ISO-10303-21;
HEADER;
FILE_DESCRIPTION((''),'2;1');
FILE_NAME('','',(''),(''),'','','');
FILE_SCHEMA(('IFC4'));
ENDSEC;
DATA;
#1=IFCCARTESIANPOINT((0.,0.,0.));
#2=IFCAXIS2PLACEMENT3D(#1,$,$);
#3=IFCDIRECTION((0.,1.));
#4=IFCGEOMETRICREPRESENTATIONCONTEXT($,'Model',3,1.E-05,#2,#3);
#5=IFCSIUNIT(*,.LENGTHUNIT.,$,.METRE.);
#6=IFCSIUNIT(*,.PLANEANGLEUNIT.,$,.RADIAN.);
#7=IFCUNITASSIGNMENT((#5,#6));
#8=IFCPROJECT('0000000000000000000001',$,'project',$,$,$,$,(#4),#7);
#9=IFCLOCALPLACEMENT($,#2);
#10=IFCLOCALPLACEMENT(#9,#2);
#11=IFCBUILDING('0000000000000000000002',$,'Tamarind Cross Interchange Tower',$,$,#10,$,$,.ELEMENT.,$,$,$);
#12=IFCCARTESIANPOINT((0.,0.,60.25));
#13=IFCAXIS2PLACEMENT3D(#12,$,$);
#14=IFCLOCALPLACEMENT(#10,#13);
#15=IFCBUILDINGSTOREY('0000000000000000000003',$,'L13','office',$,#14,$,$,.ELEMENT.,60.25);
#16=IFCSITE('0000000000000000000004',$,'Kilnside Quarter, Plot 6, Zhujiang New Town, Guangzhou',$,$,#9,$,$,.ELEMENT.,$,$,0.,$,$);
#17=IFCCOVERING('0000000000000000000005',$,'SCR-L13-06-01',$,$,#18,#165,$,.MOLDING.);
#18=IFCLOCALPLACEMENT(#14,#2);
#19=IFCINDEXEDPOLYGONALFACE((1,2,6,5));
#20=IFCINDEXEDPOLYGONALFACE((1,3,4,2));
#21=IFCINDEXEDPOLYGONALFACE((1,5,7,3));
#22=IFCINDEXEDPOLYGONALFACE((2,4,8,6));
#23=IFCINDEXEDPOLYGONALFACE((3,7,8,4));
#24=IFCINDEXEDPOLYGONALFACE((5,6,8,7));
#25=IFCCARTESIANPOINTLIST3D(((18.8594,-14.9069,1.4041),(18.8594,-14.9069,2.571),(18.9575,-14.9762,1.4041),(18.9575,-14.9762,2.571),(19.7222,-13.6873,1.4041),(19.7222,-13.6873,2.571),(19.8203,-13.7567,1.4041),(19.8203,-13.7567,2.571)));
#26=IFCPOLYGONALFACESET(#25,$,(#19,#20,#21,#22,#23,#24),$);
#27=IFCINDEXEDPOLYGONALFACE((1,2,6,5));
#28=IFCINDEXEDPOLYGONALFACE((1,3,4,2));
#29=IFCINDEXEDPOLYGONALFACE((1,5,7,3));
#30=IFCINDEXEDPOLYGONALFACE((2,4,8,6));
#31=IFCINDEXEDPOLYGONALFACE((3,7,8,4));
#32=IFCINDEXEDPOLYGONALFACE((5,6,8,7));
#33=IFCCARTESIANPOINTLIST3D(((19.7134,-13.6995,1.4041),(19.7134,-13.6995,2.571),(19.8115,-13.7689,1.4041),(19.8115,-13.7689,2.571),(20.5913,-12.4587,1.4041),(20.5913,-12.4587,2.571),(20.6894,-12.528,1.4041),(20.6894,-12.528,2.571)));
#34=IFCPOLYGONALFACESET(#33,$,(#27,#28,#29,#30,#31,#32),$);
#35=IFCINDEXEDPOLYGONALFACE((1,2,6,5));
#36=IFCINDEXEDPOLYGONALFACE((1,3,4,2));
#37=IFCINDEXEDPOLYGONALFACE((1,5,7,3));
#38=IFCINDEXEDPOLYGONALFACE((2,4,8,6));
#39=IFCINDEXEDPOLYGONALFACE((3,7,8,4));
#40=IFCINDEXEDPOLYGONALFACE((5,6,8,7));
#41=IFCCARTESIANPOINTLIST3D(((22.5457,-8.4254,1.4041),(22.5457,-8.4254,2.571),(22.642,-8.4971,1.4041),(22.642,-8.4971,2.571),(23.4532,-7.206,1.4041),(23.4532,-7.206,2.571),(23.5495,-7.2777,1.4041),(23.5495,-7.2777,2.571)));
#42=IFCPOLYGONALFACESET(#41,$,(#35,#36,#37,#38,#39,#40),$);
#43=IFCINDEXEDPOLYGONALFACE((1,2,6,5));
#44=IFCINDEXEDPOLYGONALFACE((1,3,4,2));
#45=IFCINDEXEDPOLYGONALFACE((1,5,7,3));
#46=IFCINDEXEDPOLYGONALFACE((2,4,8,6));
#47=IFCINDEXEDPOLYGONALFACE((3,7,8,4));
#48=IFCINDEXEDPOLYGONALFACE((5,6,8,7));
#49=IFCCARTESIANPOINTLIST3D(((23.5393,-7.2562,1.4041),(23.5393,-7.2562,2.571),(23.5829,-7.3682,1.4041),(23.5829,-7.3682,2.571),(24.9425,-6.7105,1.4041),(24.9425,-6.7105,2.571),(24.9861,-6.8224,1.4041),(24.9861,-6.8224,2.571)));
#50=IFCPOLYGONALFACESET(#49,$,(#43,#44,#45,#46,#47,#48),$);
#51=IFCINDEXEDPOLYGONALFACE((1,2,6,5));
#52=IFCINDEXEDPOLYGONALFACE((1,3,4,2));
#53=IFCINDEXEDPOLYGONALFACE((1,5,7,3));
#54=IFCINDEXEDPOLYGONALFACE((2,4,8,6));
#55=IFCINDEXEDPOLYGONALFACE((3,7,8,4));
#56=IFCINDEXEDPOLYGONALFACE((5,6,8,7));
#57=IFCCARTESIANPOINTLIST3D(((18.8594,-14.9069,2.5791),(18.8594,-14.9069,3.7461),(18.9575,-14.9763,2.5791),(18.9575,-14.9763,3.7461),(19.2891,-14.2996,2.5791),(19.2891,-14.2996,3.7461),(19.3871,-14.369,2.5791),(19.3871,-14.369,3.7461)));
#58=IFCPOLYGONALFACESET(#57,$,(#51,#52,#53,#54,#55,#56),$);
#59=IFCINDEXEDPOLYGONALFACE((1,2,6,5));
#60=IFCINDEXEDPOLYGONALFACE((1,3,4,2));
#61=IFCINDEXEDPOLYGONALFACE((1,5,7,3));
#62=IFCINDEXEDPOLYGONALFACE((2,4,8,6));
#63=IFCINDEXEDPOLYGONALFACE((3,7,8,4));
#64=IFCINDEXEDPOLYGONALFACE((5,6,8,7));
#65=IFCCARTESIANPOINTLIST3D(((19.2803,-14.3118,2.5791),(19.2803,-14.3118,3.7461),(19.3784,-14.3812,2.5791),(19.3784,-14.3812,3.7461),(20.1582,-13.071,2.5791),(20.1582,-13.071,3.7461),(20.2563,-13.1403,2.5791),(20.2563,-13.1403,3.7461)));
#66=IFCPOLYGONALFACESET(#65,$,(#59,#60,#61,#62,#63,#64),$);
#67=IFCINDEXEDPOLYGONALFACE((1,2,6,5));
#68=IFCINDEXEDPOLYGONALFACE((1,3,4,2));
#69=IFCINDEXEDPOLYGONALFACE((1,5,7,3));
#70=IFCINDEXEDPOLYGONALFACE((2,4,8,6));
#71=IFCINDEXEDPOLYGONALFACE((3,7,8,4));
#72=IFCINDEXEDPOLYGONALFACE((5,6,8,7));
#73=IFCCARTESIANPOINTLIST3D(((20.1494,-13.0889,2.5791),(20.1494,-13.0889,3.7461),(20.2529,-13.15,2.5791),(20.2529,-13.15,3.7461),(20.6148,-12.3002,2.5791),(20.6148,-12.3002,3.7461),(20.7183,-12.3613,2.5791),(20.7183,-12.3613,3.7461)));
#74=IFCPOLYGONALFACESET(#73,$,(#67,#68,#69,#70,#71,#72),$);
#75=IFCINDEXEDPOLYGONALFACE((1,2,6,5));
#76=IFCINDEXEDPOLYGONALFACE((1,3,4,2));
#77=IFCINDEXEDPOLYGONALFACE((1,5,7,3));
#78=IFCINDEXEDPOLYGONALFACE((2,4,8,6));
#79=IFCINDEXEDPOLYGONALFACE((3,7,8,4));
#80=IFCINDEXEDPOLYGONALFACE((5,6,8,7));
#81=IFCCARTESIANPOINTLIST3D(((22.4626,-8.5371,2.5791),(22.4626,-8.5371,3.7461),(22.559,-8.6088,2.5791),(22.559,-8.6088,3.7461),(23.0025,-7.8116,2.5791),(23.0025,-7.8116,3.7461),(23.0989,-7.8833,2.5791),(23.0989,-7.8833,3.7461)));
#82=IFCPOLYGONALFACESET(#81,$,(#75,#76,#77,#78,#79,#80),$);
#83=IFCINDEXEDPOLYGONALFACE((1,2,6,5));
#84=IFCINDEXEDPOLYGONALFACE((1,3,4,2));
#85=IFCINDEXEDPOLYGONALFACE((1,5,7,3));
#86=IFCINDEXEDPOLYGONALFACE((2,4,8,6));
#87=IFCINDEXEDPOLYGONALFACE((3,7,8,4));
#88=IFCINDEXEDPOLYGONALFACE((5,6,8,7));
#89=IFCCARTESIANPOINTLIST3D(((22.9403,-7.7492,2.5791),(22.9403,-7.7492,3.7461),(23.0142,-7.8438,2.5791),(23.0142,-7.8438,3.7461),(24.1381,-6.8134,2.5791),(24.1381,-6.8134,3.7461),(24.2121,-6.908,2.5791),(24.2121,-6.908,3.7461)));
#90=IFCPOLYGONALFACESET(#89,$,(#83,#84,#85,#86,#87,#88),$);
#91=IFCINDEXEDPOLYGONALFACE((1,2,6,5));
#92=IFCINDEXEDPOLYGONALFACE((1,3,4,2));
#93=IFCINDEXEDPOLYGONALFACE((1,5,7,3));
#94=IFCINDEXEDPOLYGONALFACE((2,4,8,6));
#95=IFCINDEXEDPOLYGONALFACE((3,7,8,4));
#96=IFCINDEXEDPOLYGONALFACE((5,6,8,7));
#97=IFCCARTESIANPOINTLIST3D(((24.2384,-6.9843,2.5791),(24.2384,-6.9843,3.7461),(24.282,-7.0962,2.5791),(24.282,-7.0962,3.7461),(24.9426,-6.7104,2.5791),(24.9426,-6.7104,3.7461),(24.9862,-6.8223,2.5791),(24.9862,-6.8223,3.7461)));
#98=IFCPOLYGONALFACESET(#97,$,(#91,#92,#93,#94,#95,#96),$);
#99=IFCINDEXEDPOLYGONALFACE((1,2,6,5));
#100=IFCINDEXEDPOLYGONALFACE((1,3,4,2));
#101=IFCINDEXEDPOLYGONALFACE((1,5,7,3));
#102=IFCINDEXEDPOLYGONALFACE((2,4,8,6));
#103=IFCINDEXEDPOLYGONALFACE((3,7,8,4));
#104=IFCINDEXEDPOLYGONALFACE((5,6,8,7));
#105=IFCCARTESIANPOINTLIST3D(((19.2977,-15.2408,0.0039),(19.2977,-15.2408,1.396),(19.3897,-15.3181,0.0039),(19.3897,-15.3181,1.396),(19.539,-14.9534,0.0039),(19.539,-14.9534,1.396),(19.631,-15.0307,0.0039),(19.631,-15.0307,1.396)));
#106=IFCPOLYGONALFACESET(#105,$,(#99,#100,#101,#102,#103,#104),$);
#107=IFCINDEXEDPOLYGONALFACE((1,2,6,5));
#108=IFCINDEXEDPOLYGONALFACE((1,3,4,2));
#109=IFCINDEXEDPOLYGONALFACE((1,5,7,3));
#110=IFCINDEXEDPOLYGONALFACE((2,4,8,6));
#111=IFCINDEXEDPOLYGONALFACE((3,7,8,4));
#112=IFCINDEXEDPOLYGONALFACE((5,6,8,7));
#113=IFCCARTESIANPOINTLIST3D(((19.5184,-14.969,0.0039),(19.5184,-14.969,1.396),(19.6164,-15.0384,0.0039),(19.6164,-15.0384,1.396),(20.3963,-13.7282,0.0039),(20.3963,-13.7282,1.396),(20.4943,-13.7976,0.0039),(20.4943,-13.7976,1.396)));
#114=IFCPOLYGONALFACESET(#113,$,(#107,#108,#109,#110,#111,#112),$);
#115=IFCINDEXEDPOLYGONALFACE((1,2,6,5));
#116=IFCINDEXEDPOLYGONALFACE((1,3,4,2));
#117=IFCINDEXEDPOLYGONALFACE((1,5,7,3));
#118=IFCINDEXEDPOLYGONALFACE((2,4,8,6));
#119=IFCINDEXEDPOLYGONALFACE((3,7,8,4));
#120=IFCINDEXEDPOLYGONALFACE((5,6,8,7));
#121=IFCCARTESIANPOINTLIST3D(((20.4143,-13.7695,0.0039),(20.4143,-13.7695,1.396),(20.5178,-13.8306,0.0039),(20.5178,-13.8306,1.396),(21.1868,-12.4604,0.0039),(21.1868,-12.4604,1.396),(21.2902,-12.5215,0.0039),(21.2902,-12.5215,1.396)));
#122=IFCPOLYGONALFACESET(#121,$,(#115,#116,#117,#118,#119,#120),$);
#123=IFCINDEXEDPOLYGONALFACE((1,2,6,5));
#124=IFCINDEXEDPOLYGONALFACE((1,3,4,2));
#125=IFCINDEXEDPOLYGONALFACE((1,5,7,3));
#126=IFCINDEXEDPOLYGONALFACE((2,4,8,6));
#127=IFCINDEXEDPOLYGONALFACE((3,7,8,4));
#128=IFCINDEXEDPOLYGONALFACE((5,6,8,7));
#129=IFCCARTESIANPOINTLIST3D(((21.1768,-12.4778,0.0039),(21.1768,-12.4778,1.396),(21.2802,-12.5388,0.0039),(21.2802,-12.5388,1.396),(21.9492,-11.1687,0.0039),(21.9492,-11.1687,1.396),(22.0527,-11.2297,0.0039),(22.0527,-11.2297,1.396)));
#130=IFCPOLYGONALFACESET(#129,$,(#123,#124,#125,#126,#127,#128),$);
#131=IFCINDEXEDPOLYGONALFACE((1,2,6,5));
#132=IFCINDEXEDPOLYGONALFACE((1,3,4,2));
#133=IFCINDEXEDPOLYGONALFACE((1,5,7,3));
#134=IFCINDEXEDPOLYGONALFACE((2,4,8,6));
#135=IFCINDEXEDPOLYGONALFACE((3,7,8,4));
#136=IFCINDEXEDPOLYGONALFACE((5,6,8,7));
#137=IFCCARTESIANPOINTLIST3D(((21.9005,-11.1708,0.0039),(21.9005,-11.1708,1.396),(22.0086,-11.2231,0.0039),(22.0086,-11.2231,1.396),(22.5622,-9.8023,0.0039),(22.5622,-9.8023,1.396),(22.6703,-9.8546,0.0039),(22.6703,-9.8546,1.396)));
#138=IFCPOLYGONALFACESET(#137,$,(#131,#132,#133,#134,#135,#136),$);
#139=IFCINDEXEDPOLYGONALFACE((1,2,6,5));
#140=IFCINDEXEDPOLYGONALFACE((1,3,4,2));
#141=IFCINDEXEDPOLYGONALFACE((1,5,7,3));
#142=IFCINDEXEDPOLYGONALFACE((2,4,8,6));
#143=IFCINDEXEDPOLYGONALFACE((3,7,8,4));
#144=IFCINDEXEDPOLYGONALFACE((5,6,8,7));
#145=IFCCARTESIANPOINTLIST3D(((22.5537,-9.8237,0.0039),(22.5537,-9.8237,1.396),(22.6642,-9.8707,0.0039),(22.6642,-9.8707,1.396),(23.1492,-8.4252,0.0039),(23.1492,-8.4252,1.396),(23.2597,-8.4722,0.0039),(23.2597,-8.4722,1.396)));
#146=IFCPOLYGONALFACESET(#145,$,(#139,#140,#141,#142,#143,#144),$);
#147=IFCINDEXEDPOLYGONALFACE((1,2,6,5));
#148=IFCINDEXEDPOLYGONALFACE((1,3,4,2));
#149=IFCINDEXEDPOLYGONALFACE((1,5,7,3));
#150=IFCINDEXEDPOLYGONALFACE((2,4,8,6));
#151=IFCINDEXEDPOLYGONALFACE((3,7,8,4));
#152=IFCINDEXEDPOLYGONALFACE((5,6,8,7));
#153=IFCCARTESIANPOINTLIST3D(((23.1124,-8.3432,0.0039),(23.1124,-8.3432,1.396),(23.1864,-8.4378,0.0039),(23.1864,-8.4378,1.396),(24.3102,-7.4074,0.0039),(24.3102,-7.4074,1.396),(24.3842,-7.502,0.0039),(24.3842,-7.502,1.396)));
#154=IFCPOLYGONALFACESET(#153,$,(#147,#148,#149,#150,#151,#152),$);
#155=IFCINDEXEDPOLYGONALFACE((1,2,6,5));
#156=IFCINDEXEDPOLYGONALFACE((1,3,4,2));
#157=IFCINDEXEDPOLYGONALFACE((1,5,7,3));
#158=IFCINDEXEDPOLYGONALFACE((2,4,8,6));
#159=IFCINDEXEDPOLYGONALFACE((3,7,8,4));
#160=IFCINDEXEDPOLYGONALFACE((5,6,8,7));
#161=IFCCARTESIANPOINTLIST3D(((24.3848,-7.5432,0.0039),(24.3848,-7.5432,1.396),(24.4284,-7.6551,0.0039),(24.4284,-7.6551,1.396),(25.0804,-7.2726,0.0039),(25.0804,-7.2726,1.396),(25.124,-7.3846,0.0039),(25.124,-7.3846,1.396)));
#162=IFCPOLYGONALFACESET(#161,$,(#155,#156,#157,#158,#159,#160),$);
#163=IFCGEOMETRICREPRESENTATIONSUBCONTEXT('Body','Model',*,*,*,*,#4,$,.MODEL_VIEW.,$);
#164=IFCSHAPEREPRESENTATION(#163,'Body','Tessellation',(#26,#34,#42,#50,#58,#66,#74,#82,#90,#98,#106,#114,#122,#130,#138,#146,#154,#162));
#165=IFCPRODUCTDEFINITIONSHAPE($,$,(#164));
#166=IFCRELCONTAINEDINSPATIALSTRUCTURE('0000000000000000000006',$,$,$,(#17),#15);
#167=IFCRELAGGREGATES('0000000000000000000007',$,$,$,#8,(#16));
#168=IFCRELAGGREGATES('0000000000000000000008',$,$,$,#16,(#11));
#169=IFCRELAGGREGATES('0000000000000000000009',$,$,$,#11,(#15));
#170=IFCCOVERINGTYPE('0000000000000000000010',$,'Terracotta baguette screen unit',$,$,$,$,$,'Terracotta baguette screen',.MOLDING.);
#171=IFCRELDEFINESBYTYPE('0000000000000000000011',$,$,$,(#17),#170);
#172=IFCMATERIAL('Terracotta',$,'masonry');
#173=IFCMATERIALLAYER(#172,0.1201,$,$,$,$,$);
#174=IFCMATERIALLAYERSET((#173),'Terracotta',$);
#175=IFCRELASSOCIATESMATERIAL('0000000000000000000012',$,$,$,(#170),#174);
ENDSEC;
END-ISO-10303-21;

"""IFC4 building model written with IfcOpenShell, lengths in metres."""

from ifc_helpers import new_model, si_unit, direction, frame, origin, origin_2d, place, context, subcontext, project, spatial, rectangle, extrude, material, layer, layer_set, type_object, element, save


model = new_model("IFC4")

# Units and contexts
model_context = context("Model", 3, precision=1e-05, world=origin(), true_north=direction((0.0, 1.0)))
body_context = subcontext(model_context, "Body", "Model", "MODEL_VIEW")
ifc_project = project(units=[si_unit("LENGTHUNIT", "METRE"), si_unit("PLANEANGLEUNIT", "RADIAN")], contexts=[model_context])

# Site, building, storey
site_placement = place(None, origin())
site = spatial("IfcSite", under=ifc_project, at=site_placement, Name="Kilnside Quarter, Plot 6, Zhujiang New Town, Guangzhou", CompositionType="ELEMENT", RefElevation=0.0)
building_placement = place(site_placement, origin())
building = spatial("IfcBuilding", under=site, at=building_placement, Name="Tamarind Cross Interchange Tower", CompositionType="ELEMENT")
storey_placement = place(building_placement, frame((0.0, 0.0, 60.25)))
storey = spatial("IfcBuildingStorey", under=building, at=storey_placement, Name="L13", Description="office", CompositionType="ELEMENT", Elevation=60.25)

# Covering
ifc_material_1 = material(Name="Terracotta", Category="masonry")
ifc_layer_1 = layer(ifc_material_1, 0.1201)
ifc_layer_set_1 = layer_set([ifc_layer_1], Name="Terracotta")
covering_type = type_object("IfcCoveringType", Name="Terracotta baguette screen unit", ElementType="Terracotta baguette screen", PredefinedType="MOLDING", material=ifc_layer_set_1)
covering_1_placement = place(storey_placement, origin())
element("IfcCovering", 1, at=covering_1_placement, inside=storey, type_object=covering_type, Name="SCR-L13-06-01", PredefinedType="MOLDING", context=body_context, shape_type="SweptSolid", body=[
    extrude(rectangle(XDim=1.4939, YDim=0.1201, at=origin_2d()), frame((19.3398, -14.3318, 1.4041), z_axis=(0.0, 0.0, 1.0), x_axis=(0.577569, 0.816342, 0.0)), (0.0, 0.0, 1.0), 1.167),
    extrude(rectangle(XDim=1.52, YDim=0.1201, at=origin_2d()), frame((20.2014, -13.1138, 1.4041), z_axis=(0.0, 0.0, 1.0), x_axis=(0.577569, 0.816342, 0.0)), (0.0, 0.0, 1.0), 1.167),
    extrude(rectangle(XDim=1.52, YDim=0.1201, at=origin_2d()), frame((23.0476, -7.8516, 1.4041), z_axis=(0.0, 0.0, 1.0), x_axis=(0.597043, 0.802209, 0.0)), (0.0, 0.0, 1.0), 1.167),
    extrude(rectangle(XDim=1.5056, YDim=0.1201, at=origin_2d()), frame((24.2627, -7.0393, 1.4041), z_axis=(0.0, 0.0, 1.0), x_axis=(0.931994, 0.362473, 0.0)), (0.0, 0.0, 1.0), 1.167),
    extrude(rectangle(XDim=0.7439, YDim=0.1201, at=origin_2d()), frame((19.1233, -14.6379, 2.5791), z_axis=(0.0, 0.0, 1.0), x_axis=(0.577569, 0.816342, 0.0)), (0.0, 0.0, 1.0), 1.167),
    extrude(rectangle(XDim=1.52, YDim=0.1201, at=origin_2d()), frame((19.7683, -13.7261, 2.5791), z_axis=(0.0, 0.0, 1.0), x_axis=(0.577569, 0.816342, 0.0)), (0.0, 0.0, 1.0), 1.167),
    extrude(rectangle(XDim=0.9158, YDim=0.1201, at=origin_2d()), frame((20.4338, -12.7251, 2.5791), z_axis=(0.0, 0.0, 1.0), x_axis=(0.508183, 0.861249, 0.0)), (0.0, 0.0, 1.0), 1.167),
    extrude(rectangle(XDim=0.9043, YDim=0.1201, at=origin_2d()), frame((22.7808, -8.2102, 2.5791), z_axis=(0.0, 0.0, 1.0), x_axis=(0.597043, 0.802209, 0.0)), (0.0, 0.0, 1.0), 1.167),
    extrude(rectangle(XDim=1.52, YDim=0.1201, at=origin_2d()), frame((23.5762, -7.3286, 2.5791), z_axis=(0.0, 0.0, 1.0), x_axis=(0.788023, 0.615646, 0.0)), (0.0, 0.0, 1.0), 1.167),
    extrude(rectangle(XDim=0.7556, YDim=0.1201, at=origin_2d()), frame((24.6123, -6.9033, 2.5791), z_axis=(0.0, 0.0, 1.0), x_axis=(0.931994, 0.362473, 0.0)), (0.0, 0.0, 1.0), 1.167),
    extrude(rectangle(XDim=0.3752, YDim=0.1201, at=origin_2d()), frame((19.4644, -15.1357, 0.0039), z_axis=(0.0, 0.0, 1.0), x_axis=(0.643009, 0.765858, 0.0)), (0.0, 0.0, 1.0), 1.3921),
    extrude(rectangle(XDim=1.52, YDim=0.1201, at=origin_2d()), frame((20.0063, -14.3833, 0.0039), z_axis=(0.0, 0.0, 1.0), x_axis=(0.577569, 0.816342, 0.0)), (0.0, 0.0, 1.0), 1.3921),
    extrude(rectangle(XDim=1.52, YDim=0.1201, at=origin_2d()), frame((20.8523, -13.1455, 0.0039), z_axis=(0.0, 0.0, 1.0), x_axis=(0.508183, 0.861249, 0.0)), (0.0, 0.0, 1.0), 1.3921),
    extrude(rectangle(XDim=1.52, YDim=0.1201, at=origin_2d()), frame((21.6147, -11.8538, 0.0039), z_axis=(0.0, 0.0, 1.0), x_axis=(0.508183, 0.861249, 0.0)), (0.0, 0.0, 1.0), 1.3921),
    extrude(rectangle(XDim=1.52, YDim=0.1201, at=origin_2d()), frame((22.2854, -10.5127, 0.0039), z_axis=(0.0, 0.0, 1.0), x_axis=(0.435326, 0.900273, 0.0)), (0.0, 0.0, 1.0), 1.3921),
    extrude(rectangle(XDim=1.52, YDim=0.1201, at=origin_2d()), frame((22.9067, -9.1479, 0.0039), z_axis=(0.0, 0.0, 1.0), x_axis=(0.391775, 0.920061, 0.0)), (0.0, 0.0, 1.0), 1.3921),
    extrude(rectangle(XDim=1.52, YDim=0.1201, at=origin_2d()), frame((23.7483, -7.9226, 0.0039), z_axis=(0.0, 0.0, 1.0), x_axis=(0.788023, 0.615646, 0.0)), (0.0, 0.0, 1.0), 1.3921),
    extrude(rectangle(XDim=0.7463, YDim=0.1201, at=origin_2d()), frame((24.7544, -7.4639, 0.0039), z_axis=(0.0, 0.0, 1.0), x_axis=(0.931994, 0.362473, 0.0)), (0.0, 0.0, 1.0), 1.3921),
])

save(model, "model.ifc")
